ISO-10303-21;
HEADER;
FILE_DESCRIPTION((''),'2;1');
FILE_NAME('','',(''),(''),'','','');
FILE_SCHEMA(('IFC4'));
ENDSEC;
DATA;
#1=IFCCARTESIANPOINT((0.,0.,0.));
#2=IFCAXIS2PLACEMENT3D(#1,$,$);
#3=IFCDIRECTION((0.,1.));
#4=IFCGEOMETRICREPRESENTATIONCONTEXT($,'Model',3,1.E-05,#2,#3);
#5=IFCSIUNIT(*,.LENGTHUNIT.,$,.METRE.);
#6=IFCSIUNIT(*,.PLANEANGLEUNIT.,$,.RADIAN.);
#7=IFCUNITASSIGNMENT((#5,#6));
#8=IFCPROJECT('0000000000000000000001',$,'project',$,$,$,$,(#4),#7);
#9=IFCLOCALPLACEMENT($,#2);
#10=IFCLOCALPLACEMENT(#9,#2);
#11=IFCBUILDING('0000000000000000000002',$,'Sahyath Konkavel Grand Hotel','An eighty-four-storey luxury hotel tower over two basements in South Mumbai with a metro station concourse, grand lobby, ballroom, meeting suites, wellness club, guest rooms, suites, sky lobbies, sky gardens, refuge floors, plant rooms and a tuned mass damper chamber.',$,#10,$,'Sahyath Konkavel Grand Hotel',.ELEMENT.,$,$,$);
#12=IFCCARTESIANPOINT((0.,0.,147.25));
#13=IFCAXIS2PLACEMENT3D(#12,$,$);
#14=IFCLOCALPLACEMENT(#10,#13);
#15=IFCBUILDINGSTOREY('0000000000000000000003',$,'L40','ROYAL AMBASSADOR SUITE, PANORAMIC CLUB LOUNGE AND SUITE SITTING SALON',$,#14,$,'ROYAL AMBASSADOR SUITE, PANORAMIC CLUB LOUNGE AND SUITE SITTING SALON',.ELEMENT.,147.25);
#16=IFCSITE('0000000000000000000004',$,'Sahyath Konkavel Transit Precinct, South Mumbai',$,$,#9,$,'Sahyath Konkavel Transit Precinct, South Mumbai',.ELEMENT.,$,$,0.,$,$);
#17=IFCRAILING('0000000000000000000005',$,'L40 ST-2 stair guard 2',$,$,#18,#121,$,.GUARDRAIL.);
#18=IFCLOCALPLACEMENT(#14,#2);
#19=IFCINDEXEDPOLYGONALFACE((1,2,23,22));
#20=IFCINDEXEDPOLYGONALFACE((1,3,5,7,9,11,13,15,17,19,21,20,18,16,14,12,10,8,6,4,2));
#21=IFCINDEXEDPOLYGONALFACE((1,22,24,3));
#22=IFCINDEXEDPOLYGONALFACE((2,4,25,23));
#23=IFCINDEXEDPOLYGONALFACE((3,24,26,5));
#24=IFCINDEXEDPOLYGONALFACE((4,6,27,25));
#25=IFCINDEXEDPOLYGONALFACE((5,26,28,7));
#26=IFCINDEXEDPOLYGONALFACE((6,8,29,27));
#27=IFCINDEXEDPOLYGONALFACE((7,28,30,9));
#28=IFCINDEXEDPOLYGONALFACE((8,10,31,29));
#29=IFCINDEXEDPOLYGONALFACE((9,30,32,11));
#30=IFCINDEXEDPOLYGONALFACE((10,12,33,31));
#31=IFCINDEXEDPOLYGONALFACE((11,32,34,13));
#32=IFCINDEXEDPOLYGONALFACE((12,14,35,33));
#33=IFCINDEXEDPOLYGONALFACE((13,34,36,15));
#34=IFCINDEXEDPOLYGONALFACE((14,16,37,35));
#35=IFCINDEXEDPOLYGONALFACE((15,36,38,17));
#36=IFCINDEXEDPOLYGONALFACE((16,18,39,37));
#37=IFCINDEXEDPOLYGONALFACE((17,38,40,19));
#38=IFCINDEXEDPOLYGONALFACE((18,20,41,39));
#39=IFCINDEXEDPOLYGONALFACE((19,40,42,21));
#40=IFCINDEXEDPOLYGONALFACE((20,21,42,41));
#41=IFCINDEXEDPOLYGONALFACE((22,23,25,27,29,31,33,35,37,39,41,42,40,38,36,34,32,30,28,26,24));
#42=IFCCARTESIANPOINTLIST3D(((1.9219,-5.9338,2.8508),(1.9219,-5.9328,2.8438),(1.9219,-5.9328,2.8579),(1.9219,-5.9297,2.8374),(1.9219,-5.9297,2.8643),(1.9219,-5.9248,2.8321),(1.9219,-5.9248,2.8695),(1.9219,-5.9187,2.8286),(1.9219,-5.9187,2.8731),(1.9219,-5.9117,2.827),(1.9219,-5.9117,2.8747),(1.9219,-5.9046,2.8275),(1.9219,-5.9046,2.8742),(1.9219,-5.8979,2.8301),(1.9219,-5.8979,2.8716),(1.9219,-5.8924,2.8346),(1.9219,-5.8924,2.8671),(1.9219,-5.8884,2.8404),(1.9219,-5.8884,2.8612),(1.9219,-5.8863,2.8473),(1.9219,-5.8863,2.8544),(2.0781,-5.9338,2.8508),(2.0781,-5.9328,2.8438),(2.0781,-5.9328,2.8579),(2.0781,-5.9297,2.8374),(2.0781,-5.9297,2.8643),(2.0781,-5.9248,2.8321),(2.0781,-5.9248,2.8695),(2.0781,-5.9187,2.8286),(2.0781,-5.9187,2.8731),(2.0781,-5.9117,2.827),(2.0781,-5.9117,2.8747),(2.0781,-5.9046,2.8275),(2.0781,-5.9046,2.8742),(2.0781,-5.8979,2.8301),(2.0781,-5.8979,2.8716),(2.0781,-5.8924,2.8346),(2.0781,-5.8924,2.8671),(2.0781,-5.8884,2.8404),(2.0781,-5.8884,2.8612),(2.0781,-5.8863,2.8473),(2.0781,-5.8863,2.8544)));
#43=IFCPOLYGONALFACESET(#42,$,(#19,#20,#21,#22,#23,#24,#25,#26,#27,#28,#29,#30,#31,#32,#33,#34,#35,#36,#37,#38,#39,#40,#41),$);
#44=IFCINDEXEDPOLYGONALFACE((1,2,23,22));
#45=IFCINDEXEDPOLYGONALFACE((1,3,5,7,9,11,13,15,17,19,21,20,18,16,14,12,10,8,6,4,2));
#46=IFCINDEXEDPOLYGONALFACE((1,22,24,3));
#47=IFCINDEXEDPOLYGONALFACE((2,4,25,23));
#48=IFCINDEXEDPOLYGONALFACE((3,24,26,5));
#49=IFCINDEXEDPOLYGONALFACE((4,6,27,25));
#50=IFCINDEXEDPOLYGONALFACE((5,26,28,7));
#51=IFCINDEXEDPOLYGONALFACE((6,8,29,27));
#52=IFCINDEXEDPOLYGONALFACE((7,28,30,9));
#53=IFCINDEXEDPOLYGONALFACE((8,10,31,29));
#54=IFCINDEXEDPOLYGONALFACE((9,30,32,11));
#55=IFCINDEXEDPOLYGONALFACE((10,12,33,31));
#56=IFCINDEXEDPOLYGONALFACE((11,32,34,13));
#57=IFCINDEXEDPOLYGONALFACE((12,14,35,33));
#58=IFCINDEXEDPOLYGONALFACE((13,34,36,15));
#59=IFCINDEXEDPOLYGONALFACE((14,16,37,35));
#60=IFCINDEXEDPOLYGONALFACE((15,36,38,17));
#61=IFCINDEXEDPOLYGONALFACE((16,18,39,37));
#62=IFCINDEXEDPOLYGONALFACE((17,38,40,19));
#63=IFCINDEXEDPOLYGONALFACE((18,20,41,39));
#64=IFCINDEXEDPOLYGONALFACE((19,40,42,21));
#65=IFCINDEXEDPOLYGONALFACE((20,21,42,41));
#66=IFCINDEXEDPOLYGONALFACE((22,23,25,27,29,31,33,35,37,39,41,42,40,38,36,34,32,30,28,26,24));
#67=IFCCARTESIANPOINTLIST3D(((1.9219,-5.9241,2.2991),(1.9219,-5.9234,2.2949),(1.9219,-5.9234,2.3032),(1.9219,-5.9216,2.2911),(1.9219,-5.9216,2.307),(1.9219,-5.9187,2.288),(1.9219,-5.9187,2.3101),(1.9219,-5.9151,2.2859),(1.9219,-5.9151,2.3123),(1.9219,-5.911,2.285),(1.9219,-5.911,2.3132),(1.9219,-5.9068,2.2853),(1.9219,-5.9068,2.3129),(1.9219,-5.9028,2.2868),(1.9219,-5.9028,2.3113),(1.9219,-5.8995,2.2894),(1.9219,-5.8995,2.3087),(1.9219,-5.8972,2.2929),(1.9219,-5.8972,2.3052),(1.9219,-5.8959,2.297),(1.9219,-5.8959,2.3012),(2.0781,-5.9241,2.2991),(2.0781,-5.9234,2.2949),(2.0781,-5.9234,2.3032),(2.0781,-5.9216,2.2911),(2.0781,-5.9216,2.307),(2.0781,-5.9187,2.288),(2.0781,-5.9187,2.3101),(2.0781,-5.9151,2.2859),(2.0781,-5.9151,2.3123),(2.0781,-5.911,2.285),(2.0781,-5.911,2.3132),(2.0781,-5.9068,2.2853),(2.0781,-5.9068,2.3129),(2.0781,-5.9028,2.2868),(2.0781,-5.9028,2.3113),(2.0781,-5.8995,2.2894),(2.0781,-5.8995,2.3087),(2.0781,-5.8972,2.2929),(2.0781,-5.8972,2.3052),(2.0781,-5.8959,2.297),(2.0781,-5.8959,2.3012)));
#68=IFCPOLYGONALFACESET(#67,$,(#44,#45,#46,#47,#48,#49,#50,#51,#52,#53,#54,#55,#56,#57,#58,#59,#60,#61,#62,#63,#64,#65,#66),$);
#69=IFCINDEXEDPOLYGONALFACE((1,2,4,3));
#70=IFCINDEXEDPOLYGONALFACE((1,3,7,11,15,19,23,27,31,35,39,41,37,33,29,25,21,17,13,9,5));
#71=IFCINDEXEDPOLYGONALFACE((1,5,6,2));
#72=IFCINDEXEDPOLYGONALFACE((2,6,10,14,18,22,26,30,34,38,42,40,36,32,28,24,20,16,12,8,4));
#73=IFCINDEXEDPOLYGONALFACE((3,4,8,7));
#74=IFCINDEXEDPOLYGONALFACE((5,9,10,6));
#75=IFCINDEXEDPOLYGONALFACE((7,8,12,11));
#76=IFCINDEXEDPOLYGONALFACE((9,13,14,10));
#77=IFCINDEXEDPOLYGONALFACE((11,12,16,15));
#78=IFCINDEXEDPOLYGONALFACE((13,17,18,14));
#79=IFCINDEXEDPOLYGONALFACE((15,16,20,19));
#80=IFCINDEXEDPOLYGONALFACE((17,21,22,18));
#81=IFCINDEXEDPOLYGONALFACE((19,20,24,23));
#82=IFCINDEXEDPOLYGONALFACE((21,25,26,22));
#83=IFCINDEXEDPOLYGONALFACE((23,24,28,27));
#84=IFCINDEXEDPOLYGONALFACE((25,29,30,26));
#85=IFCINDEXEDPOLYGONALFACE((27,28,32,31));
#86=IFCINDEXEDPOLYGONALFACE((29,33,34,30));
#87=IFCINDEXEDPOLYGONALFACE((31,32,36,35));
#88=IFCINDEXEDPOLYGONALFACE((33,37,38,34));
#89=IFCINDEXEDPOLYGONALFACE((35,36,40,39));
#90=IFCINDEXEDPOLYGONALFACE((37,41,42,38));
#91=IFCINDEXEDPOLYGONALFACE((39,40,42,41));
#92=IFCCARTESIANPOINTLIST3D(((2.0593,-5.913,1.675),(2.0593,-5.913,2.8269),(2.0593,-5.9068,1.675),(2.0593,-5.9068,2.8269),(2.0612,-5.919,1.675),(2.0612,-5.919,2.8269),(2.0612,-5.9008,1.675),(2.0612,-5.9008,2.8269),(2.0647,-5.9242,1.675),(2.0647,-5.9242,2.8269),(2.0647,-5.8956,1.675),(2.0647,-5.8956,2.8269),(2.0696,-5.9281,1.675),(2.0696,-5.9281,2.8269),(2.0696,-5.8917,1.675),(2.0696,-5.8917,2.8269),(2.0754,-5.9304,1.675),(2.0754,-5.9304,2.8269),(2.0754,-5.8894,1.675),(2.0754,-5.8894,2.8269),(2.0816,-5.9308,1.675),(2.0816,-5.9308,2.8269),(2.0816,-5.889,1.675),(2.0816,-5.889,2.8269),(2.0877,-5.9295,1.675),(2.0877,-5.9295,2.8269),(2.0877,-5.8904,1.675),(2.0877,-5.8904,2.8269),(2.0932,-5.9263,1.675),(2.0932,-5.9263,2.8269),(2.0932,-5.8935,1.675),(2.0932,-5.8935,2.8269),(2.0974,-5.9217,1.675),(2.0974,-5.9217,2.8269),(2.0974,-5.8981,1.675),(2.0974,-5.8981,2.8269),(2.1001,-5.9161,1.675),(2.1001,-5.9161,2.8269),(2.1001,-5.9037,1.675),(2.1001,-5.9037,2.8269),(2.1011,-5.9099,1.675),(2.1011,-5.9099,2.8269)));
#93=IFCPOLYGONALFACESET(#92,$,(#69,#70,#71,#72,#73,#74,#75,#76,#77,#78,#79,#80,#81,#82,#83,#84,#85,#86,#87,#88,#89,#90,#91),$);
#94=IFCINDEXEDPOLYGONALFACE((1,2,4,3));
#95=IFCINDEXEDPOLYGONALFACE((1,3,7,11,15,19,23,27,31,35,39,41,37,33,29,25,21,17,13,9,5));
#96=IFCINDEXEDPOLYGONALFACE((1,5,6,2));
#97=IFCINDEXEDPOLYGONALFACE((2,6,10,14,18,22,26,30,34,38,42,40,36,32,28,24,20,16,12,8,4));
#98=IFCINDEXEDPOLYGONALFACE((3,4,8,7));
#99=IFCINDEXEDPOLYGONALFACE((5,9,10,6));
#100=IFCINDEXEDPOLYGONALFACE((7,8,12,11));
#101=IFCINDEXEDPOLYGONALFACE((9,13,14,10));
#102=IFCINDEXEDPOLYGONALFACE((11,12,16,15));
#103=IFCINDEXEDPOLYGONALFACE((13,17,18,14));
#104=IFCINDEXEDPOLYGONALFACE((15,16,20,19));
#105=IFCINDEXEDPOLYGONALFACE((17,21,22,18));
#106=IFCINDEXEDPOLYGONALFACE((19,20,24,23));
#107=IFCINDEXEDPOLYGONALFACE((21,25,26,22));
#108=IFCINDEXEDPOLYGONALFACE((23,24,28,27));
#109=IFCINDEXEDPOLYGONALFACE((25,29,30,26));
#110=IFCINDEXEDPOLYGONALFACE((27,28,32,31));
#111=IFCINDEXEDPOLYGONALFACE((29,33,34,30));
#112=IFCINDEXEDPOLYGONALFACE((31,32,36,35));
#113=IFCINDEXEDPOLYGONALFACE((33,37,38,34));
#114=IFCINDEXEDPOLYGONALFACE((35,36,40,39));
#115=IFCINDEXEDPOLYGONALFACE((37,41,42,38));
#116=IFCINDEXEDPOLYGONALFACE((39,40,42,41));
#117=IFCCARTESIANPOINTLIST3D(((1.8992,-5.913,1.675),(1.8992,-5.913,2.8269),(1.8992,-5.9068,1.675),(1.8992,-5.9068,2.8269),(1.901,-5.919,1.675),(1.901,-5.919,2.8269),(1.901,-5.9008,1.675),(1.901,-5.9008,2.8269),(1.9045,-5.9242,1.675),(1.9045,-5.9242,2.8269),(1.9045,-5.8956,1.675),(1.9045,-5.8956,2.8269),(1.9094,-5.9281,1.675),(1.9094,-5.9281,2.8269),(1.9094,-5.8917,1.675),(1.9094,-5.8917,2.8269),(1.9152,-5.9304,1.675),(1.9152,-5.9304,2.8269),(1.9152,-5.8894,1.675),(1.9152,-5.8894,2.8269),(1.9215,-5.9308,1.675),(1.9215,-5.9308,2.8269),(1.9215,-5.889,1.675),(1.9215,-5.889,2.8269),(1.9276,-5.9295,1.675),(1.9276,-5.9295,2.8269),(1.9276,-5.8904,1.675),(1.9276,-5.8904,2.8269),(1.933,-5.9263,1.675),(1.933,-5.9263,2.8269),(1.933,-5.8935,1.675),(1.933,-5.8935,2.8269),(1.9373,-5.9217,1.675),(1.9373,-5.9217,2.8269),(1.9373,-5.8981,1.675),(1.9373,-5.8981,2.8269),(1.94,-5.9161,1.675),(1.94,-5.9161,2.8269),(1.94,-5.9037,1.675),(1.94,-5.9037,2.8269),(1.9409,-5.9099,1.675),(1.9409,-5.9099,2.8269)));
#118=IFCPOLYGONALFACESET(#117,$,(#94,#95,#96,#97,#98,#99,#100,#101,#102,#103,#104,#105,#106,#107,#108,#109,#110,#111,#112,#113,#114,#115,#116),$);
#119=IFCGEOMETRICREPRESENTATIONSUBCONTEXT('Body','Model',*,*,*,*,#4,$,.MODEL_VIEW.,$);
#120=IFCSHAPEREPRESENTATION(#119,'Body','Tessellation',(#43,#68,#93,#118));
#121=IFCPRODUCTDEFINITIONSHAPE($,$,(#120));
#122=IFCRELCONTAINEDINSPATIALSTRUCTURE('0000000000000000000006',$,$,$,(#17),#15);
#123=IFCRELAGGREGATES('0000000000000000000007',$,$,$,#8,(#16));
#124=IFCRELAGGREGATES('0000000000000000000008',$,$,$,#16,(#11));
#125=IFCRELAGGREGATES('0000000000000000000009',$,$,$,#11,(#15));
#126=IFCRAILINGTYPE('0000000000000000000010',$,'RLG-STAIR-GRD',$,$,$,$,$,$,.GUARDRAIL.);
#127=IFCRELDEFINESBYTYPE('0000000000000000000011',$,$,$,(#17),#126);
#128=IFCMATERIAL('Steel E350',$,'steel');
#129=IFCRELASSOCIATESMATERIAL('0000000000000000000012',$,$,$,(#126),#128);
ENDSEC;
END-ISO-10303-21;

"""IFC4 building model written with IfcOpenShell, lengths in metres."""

from ifc_helpers import new_model, si_unit, direction, frame, origin, origin_2d, place, context, subcontext, project, spatial, circle, extrude, material, type_object, element, save


model = new_model("IFC4")

# Units and contexts
model_context = context("Model", 3, precision=1e-05, world=origin(), true_north=direction((0.0, 1.0)))
body_context = subcontext(model_context, "Body", "Model", "MODEL_VIEW")
ifc_project = project(units=[si_unit("LENGTHUNIT", "METRE"), si_unit("PLANEANGLEUNIT", "RADIAN")], contexts=[model_context])

# Site, building, storey
site_placement = place(None, origin())
site = spatial("IfcSite", under=ifc_project, at=site_placement, Name="Sahyath Konkavel Transit Precinct, South Mumbai", LongName="Sahyath Konkavel Transit Precinct, South Mumbai", CompositionType="ELEMENT", RefElevation=0.0)
building_placement = place(site_placement, origin())
building = spatial("IfcBuilding", under=site, at=building_placement, Name="Sahyath Konkavel Grand Hotel", Description="An eighty-four-storey luxury hotel tower over two basements in South Mumbai with a metro station concourse, grand lobby, ballroom, meeting suites, wellness club, guest rooms, suites, sky lobbies, sky gardens, refuge floors, plant rooms and a tuned mass damper chamber.", LongName="Sahyath Konkavel Grand Hotel", CompositionType="ELEMENT")
storey_placement = place(building_placement, frame((0.0, 0.0, 147.25)))
storey = spatial("IfcBuildingStorey", under=building, at=storey_placement, Name="L40", Description="ROYAL AMBASSADOR SUITE, PANORAMIC CLUB LOUNGE AND SUITE SITTING SALON", LongName="ROYAL AMBASSADOR SUITE, PANORAMIC CLUB LOUNGE AND SUITE SITTING SALON", CompositionType="ELEMENT", Elevation=147.25)

# Shared definitions
ifc_material_1 = material(Name="Steel E350", Category="steel")

# Railing
railing_type_1 = type_object("IfcRailingType", Name="RLG-STAIR-GRD", PredefinedType="GUARDRAIL", material=ifc_material_1)
railing_1_placement = place(storey_placement, frame((2.0801, -5.9099, 1.675)))
element("IfcRailing", 1, at=railing_1_placement, inside=storey, type_object=railing_type_1, Name="L40 ST-2 stair guard 2", PredefinedType="GUARDRAIL", context=body_context, shape_type="SweptSolid", body=[
    extrude(circle(Radius=0.0239, at=origin_2d()), frame((-0.002, 0.0, 1.1758), z_axis=(-1.0, 0.0, 0.0), x_axis=(0.0, -1.0, 0.0)), (0.0, 0.0, 1.0), 0.1562),
    extrude(circle(Radius=0.0142, at=origin_2d()), frame((-0.002, 0.0, 0.624), z_axis=(-1.0, 0.0, 0.0), x_axis=(0.0, -1.0, 0.0)), (0.0, 0.0, 1.0), 0.1562),
    extrude(circle(Radius=0.021, at=origin_2d()), origin(), (0.0, 0.0, 1.0), 1.1519),
    extrude(circle(Radius=0.021, at=origin_2d()), frame((-0.1602, 0.0, 0.0)), (0.0, 0.0, 1.0), 1.1519),
])

save(model, "model.ifc")
